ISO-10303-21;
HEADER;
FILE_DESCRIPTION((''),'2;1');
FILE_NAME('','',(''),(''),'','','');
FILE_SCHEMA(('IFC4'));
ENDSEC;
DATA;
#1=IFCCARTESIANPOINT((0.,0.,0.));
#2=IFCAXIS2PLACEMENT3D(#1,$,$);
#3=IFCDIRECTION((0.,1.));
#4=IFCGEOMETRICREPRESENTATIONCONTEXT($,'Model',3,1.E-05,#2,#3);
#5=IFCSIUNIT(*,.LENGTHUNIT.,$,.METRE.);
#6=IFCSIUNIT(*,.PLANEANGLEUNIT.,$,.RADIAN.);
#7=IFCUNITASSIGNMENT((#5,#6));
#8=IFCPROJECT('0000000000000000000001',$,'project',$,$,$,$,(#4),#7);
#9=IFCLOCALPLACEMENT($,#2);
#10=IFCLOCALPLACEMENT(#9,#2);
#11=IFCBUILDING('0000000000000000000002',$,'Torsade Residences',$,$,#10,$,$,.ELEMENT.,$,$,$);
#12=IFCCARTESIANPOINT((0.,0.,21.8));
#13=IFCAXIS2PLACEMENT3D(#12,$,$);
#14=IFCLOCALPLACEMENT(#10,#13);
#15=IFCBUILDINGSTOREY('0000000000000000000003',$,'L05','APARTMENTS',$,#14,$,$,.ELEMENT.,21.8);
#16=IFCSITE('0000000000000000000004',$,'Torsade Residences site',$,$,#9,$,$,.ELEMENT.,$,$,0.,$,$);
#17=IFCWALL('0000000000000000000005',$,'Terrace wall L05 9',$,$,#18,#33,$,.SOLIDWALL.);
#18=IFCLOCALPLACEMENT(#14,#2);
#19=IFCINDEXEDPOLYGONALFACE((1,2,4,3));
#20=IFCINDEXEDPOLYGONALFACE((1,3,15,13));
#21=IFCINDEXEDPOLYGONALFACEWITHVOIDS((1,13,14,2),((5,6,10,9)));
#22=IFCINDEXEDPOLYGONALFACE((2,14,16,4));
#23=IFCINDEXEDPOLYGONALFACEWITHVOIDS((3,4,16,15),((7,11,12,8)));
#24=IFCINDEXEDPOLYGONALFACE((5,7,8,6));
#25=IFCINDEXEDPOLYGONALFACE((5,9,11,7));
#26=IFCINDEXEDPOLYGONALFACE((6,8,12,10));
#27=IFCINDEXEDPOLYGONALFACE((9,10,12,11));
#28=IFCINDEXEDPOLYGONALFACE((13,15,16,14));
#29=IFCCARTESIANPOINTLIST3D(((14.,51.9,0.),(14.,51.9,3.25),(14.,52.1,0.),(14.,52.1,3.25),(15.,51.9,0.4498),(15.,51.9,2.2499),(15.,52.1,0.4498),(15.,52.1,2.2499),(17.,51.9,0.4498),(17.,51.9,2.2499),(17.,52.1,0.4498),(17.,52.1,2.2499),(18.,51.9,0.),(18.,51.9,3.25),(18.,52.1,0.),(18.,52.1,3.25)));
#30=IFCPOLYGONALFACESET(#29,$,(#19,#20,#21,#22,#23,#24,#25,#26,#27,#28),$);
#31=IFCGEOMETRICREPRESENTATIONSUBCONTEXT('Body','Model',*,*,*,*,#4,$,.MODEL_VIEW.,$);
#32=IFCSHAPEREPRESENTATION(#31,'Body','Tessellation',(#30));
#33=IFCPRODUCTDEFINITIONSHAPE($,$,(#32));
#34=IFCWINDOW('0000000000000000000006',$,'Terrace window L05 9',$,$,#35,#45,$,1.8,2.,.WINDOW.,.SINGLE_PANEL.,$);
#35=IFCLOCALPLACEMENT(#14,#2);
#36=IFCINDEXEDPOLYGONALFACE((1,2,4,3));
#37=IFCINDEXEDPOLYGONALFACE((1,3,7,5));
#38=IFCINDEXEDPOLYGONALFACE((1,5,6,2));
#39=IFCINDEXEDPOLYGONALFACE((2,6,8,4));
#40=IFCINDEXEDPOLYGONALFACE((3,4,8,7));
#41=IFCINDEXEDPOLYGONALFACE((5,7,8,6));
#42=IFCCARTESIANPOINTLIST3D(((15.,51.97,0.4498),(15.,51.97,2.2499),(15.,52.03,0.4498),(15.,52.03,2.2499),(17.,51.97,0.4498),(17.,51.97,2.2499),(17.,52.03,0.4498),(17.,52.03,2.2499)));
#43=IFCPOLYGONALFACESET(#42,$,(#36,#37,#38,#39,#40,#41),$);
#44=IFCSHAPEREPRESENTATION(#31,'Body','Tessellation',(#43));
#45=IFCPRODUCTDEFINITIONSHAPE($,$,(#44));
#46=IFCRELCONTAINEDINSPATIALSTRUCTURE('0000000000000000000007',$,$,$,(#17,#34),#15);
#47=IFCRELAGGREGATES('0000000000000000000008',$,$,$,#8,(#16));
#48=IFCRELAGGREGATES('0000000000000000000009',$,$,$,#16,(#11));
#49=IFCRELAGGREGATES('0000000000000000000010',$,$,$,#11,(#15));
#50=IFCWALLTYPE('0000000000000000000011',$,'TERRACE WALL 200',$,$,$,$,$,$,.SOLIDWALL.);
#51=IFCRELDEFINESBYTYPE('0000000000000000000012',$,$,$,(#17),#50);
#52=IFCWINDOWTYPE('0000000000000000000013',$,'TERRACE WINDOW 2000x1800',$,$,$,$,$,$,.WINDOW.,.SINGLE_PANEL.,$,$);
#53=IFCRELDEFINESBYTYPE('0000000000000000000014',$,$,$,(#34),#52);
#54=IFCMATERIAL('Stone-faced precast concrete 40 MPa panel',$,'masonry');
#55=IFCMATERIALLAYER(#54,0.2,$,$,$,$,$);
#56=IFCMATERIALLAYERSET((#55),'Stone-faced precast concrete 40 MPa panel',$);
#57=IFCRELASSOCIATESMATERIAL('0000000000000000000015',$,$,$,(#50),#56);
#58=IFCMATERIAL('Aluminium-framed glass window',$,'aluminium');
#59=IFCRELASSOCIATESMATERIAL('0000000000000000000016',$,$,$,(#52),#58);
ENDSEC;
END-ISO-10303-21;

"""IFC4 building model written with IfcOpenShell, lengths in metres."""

from ifc_helpers import new_model, si_unit, direction, frame, frame_2d, origin, place, context, subcontext, project, spatial, rectangle, extrude, material, layer, layer_set, type_object, element, fill, save


model = new_model("IFC4")

# Units and contexts
model_context = context("Model", 3, precision=1e-05, world=origin(), true_north=direction((0.0, 1.0)))
body_context = subcontext(model_context, "Body", "Model", "MODEL_VIEW")
ifc_project = project(units=[si_unit("LENGTHUNIT", "METRE"), si_unit("PLANEANGLEUNIT", "RADIAN")], contexts=[model_context])

# Site, building, storey
site_placement = place(None, origin())
site = spatial("IfcSite", under=ifc_project, at=site_placement, Name="Torsade Residences site", CompositionType="ELEMENT", RefElevation=0.0)
building_placement = place(site_placement, origin())
building = spatial("IfcBuilding", under=site, at=building_placement, Name="Torsade Residences", CompositionType="ELEMENT")
storey_placement = place(building_placement, frame((0.0, 0.0, 21.8)))
storey = spatial("IfcBuildingStorey", under=building, at=storey_placement, Name="L05", Description="APARTMENTS", CompositionType="ELEMENT", Elevation=21.8)

# Wall, opening, window
ifc_material_1 = material(Name="Stone-faced precast concrete 40 MPa panel", Category="masonry")
ifc_layer_1 = layer(ifc_material_1, 0.2)
ifc_layer_set_1 = layer_set([ifc_layer_1], Name="Stone-faced precast concrete 40 MPa panel")
wall_type_1 = type_object("IfcWallType", Name="TERRACE WALL 200", PredefinedType="SOLIDWALL", material=ifc_layer_set_1)
wall_1_placement = place(storey_placement, frame((18.0, 52.0, 0.0), z_axis=(0.0, 0.0, 1.0), x_axis=(-1.0, 0.0, 0.0)))
wall_1 = element("IfcWall", 1, at=wall_1_placement, inside=storey, type_object=wall_type_1, Name="Terrace wall L05 9", PredefinedType="SOLIDWALL", context=body_context, shape_type="SweptSolid", body=[
    extrude(rectangle(XDim=4.0, YDim=0.2, at=frame_2d((2.0, 0.0))), origin(), (0.0, 0.0, 1.0), 3.25),
])
opening_1_placement = place(wall_1_placement, frame((1.0, 0.0, 0.45)))
opening_1 = element("IfcOpeningElement", 2, at=opening_1_placement, cuts=wall_1, PredefinedType="OPENING", context=body_context, shape_type="SweptSolid", body=[
    extrude(rectangle(XDim=2.0, YDim=1.8, at=frame_2d((1.0, 0.8999))), frame((0.0, 0.1099, 0.0), z_axis=(0.0, -1.0, 0.0), x_axis=(1.0, 0.0, 0.0)), (0.0, 0.0, 1.0), 0.22),
])
ifc_material_2 = material(Name="Aluminium-framed glass window", Category="aluminium")
window_type = type_object("IfcWindowType", Name="TERRACE WINDOW 2000x1800", PartitioningType="SINGLE_PANEL", PredefinedType="WINDOW", material=ifc_material_2)
window_placement = place(opening_1_placement, origin())
window = element("IfcWindow", 3, at=window_placement, inside=storey, type_object=window_type, Name="Terrace window L05 9", OverallHeight=1.8, OverallWidth=2.0, PartitioningType="SINGLE_PANEL", PredefinedType="WINDOW", context=body_context, shape_type="SweptSolid", body=[
    extrude(rectangle(XDim=2.0, YDim=1.8, at=frame_2d((1.0, 0.8999))), frame((0.0, 0.03, 0.0), z_axis=(0.0, -1.0, 0.0), x_axis=(1.0, 0.0, 0.0)), (0.0, 0.0, 1.0), 0.0601),
])
fill(opening_1, window)

save(model, "model.ifc")
